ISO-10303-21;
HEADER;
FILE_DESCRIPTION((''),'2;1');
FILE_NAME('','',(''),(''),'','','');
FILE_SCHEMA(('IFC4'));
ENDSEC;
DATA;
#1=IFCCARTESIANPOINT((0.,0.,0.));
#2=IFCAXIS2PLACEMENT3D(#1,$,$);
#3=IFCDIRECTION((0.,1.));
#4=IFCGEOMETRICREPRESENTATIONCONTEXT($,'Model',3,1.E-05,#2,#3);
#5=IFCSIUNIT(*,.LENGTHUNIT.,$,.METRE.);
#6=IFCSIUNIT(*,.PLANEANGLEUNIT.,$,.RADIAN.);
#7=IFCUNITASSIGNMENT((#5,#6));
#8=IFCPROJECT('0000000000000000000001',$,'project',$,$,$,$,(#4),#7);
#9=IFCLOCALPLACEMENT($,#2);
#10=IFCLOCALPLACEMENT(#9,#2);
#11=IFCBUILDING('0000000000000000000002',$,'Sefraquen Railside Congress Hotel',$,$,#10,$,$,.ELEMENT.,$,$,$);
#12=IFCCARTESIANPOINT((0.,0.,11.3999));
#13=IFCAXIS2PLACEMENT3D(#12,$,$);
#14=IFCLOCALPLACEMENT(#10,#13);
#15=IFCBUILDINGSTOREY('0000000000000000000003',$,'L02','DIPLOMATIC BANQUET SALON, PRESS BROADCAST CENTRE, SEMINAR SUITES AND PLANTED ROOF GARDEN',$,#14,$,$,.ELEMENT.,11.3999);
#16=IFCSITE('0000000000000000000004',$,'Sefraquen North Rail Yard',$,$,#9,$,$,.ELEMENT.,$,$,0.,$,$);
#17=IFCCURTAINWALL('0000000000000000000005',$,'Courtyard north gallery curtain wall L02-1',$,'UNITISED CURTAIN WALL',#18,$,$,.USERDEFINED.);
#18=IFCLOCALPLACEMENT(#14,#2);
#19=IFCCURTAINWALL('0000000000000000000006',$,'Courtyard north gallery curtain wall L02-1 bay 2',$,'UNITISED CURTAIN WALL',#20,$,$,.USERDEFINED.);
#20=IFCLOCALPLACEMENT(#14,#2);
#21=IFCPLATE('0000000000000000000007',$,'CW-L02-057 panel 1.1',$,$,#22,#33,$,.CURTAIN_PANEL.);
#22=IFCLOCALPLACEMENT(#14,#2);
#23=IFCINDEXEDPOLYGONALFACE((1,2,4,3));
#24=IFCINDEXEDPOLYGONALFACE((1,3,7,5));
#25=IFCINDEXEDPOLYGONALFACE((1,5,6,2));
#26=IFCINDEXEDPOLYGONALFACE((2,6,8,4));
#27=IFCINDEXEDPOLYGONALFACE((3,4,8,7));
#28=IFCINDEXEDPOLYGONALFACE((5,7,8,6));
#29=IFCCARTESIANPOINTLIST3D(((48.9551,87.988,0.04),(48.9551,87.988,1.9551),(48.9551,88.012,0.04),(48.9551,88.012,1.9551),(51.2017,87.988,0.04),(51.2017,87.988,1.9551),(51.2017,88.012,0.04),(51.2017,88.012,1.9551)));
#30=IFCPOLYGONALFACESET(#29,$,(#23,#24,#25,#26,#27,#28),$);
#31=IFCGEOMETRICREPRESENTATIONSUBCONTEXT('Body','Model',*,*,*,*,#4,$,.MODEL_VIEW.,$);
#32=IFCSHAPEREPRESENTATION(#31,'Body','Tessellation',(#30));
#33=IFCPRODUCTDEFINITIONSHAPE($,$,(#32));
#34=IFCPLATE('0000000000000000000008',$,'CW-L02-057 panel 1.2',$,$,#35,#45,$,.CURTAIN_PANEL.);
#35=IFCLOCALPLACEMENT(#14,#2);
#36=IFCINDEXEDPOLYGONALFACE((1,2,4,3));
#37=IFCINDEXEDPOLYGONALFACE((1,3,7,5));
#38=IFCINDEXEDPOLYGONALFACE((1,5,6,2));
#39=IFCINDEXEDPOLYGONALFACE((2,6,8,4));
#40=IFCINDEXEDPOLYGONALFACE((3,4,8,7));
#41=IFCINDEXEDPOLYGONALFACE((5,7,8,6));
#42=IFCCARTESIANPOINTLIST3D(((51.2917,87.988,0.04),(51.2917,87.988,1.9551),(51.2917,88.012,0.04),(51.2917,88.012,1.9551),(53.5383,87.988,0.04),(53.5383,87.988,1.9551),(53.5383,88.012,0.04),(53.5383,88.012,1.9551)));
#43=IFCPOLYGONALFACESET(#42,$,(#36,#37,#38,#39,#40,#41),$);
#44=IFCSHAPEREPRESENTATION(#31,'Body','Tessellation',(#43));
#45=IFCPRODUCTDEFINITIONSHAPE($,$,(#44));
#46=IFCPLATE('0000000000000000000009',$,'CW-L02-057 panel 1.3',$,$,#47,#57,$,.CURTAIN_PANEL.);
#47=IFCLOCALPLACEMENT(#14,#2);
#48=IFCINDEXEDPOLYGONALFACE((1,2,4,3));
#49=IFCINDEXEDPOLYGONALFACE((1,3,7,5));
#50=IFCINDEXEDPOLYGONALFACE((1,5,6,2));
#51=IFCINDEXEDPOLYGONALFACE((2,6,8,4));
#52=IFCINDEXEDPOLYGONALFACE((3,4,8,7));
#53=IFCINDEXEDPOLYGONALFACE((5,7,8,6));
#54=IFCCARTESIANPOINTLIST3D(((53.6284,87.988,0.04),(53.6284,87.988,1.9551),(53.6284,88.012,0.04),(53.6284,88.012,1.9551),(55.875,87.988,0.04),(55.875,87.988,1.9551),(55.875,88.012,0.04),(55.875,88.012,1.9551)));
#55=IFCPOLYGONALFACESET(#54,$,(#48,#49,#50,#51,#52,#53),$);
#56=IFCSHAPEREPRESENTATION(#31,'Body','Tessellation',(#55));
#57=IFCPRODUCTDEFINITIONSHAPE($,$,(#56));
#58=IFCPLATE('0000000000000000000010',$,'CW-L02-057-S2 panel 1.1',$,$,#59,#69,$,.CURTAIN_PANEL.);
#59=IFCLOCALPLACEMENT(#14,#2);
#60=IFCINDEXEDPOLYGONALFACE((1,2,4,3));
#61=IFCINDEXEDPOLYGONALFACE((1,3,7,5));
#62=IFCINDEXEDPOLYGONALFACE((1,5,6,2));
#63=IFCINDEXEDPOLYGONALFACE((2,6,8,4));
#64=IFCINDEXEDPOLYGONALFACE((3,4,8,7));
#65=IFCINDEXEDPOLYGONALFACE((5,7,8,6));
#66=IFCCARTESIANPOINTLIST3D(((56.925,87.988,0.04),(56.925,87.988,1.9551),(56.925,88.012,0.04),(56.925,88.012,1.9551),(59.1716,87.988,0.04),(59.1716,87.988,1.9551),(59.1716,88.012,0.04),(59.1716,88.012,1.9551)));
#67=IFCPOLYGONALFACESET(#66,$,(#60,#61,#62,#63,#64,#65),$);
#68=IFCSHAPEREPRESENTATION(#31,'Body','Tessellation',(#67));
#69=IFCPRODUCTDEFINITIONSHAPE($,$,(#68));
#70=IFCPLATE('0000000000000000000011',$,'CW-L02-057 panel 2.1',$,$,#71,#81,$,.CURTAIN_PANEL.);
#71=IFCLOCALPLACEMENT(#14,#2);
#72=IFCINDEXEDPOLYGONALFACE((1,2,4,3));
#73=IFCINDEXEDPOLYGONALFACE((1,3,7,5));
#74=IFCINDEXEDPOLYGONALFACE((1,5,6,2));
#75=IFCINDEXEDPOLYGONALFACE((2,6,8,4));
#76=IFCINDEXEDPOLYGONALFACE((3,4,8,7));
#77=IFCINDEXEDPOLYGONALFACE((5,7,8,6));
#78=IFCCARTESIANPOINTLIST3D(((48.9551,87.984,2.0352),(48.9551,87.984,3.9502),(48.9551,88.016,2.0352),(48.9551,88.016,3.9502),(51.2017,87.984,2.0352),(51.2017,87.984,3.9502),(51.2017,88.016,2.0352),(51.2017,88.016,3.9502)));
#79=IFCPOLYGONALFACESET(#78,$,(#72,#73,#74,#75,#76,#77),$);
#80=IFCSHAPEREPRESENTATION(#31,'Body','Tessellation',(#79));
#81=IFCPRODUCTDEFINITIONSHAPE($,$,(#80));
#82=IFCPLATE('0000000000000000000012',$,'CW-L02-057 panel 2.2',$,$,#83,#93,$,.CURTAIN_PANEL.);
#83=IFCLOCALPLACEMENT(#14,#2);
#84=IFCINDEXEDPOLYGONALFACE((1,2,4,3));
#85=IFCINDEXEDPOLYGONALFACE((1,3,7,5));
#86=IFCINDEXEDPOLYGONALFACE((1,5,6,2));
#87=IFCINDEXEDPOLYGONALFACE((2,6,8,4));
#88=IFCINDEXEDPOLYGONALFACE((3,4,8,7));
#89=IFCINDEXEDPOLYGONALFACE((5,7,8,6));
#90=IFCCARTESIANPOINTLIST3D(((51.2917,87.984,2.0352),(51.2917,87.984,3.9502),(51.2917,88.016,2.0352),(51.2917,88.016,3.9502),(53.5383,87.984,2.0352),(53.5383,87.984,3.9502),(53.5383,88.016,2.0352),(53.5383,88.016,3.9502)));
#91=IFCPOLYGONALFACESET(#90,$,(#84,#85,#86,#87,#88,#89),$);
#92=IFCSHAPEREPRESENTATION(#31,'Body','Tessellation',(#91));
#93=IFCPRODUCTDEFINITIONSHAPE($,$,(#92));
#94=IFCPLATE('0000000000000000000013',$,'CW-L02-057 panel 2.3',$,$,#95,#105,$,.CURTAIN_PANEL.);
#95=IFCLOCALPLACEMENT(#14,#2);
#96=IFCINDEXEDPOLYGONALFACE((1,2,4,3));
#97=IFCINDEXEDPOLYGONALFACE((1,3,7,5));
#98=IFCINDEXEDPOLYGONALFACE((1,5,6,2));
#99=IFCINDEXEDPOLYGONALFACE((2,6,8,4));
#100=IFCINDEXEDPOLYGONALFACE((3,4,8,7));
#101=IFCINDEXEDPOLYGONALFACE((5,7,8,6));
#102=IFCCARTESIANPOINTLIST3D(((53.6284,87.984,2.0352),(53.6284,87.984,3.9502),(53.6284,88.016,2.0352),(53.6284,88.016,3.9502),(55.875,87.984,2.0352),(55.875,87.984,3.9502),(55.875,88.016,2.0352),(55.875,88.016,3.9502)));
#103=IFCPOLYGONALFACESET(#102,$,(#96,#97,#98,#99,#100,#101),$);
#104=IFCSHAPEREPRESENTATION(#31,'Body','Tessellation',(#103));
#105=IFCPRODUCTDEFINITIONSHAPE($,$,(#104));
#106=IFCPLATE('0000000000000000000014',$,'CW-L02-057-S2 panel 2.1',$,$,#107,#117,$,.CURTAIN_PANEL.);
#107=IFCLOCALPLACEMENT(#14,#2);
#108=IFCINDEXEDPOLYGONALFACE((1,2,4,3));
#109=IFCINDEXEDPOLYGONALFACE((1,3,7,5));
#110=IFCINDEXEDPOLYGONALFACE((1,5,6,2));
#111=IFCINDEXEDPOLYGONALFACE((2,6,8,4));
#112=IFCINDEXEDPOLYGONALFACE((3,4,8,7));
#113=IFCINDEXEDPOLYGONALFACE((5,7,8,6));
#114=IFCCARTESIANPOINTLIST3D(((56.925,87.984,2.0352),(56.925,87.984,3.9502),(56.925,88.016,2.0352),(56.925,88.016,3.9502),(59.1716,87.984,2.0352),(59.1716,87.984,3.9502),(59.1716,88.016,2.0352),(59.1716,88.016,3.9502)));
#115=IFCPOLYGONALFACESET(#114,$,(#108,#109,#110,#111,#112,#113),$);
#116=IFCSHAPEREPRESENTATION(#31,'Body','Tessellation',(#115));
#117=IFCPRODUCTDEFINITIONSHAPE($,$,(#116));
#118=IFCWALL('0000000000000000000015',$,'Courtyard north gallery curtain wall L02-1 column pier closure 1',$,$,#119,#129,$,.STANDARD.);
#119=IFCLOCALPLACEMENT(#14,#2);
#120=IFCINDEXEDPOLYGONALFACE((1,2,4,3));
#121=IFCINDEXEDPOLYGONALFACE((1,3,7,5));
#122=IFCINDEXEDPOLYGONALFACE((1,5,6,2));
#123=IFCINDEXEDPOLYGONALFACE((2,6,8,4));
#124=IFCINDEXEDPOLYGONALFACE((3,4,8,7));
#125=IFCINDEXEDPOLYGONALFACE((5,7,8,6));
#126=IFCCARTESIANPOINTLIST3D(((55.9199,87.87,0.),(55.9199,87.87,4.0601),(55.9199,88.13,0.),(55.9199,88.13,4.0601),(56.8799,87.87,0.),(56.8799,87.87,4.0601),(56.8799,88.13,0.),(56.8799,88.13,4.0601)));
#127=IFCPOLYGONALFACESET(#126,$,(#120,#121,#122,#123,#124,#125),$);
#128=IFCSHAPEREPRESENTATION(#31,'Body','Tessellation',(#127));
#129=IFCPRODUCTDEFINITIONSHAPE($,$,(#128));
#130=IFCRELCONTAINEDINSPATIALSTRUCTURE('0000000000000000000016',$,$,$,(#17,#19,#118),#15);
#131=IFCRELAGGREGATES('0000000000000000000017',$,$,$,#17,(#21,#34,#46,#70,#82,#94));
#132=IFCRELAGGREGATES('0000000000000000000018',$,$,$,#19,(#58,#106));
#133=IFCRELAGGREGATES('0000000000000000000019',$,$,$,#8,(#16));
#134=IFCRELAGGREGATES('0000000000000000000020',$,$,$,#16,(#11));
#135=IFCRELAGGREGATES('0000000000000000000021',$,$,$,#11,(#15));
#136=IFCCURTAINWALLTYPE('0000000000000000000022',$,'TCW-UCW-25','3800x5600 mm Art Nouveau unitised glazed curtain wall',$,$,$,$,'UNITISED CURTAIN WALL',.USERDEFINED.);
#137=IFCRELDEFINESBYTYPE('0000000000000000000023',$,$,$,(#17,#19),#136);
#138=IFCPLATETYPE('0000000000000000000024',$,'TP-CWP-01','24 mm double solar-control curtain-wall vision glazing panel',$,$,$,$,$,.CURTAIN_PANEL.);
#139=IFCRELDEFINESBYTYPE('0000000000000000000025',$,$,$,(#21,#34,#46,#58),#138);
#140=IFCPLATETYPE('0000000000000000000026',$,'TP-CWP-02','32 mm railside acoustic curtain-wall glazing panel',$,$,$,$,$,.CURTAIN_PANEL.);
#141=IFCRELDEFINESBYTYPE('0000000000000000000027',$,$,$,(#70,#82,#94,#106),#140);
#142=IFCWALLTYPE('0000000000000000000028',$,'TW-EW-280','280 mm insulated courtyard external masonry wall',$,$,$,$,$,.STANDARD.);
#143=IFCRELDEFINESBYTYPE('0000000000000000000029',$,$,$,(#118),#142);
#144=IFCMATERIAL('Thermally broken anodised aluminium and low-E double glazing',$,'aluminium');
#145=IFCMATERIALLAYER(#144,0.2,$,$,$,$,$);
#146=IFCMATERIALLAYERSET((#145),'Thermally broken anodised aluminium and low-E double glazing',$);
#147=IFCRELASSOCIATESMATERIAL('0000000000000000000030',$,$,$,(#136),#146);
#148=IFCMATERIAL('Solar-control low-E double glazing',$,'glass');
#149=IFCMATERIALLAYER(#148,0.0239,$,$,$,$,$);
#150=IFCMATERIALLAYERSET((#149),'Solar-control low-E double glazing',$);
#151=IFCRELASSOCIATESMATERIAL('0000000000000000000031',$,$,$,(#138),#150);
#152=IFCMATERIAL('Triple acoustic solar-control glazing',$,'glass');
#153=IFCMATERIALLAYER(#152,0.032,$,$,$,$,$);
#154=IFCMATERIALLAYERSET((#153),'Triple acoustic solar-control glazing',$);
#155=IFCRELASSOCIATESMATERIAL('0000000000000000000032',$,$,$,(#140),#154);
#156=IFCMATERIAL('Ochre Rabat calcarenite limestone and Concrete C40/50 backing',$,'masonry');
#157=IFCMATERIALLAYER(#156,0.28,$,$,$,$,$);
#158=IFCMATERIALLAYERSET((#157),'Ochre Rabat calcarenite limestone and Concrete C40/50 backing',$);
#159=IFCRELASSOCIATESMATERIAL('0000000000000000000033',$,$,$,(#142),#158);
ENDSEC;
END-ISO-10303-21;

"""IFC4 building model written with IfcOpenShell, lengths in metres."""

from ifc_helpers import new_model, si_unit, direction, frame, frame_2d, origin, origin_2d, place, context, subcontext, project, spatial, rectangle, extrude, material, layer, layer_set, type_object, element, aggregate, save


model = new_model("IFC4")

# Units and contexts
model_context = context("Model", 3, precision=1e-05, world=origin(), true_north=direction((0.0, 1.0)))
body_context = subcontext(model_context, "Body", "Model", "MODEL_VIEW")
ifc_project = project(units=[si_unit("LENGTHUNIT", "METRE"), si_unit("PLANEANGLEUNIT", "RADIAN")], contexts=[model_context])

# Site, building, storey
site_placement = place(None, origin())
site = spatial("IfcSite", under=ifc_project, at=site_placement, Name="Sefraquen North Rail Yard", CompositionType="ELEMENT", RefElevation=0.0)
building_placement = place(site_placement, origin())
building = spatial("IfcBuilding", under=site, at=building_placement, Name="Sefraquen Railside Congress Hotel", CompositionType="ELEMENT")
storey_placement = place(building_placement, frame((0.0, 0.0, 11.3999)))
storey = spatial("IfcBuildingStorey", under=building, at=storey_placement, Name="L02", Description="DIPLOMATIC BANQUET SALON, PRESS BROADCAST CENTRE, SEMINAR SUITES AND PLANTED ROOF GARDEN", CompositionType="ELEMENT", Elevation=11.3999)

# Curtain wall
ifc_material_1 = material(Name="Thermally broken anodised aluminium and low-E double glazing", Category="aluminium")
ifc_layer_1 = layer(ifc_material_1, 0.2)
ifc_layer_set_1 = layer_set([ifc_layer_1], Name="Thermally broken anodised aluminium and low-E double glazing")
curtain_wall_type = type_object("IfcCurtainWallType", Name="TCW-UCW-25", Description="3800x5600 mm Art Nouveau unitised glazed curtain wall", ElementType="UNITISED CURTAIN WALL", PredefinedType="USERDEFINED", material=ifc_layer_set_1)
curtain_wall_1_placement = place(storey_placement, origin())
curtain_wall_1 = element("IfcCurtainWall", 1, at=curtain_wall_1_placement, inside=storey, type_object=curtain_wall_type, Name="Courtyard north gallery curtain wall L02-1", ObjectType="UNITISED CURTAIN WALL", PredefinedType="USERDEFINED")

# Curtain wall
curtain_wall_2_placement = place(storey_placement, origin())
curtain_wall_2 = element("IfcCurtainWall", 2, at=curtain_wall_2_placement, inside=storey, type_object=curtain_wall_type, Name="Courtyard north gallery curtain wall L02-1 bay 2", ObjectType="UNITISED CURTAIN WALL", PredefinedType="USERDEFINED")

# Plates
ifc_material_2 = material(Name="Solar-control low-E double glazing", Category="glass")
ifc_layer_2 = layer(ifc_material_2, 0.0239)
ifc_layer_set_2 = layer_set([ifc_layer_2], Name="Solar-control low-E double glazing")
plate_type_1 = type_object("IfcPlateType", Name="TP-CWP-01", Description="24 mm double solar-control curtain-wall vision glazing panel", PredefinedType="CURTAIN_PANEL", material=ifc_layer_set_2)
plate_1_placement = place(storey_placement, frame((50.0784, 88.0, 0.04), z_axis=(0.0, 0.0, 1.0), x_axis=(1.0, 0.0, 0.0)))
plate_1 = element("IfcPlate", 3, at=plate_1_placement, type_object=plate_type_1, Name="CW-L02-057 panel 1.1", PredefinedType="CURTAIN_PANEL", context=body_context, shape_type="SweptSolid", body=[
    extrude(rectangle(XDim=2.2466, YDim=0.0239, at=origin_2d()), origin(), (0.0, 0.0, 1.0), 1.915),
])
plate_2_placement = place(storey_placement, frame((52.415, 88.0, 0.04), z_axis=(0.0, 0.0, 1.0), x_axis=(1.0, 0.0, 0.0)))
plate_2 = element("IfcPlate", 4, at=plate_2_placement, type_object=plate_type_1, Name="CW-L02-057 panel 1.2", PredefinedType="CURTAIN_PANEL", context=body_context, shape_type="SweptSolid", body=[
    extrude(rectangle(XDim=2.2466, YDim=0.0239, at=origin_2d()), origin(), (0.0, 0.0, 1.0), 1.915),
])
plate_3_placement = place(storey_placement, frame((54.7517, 88.0, 0.04), z_axis=(0.0, 0.0, 1.0), x_axis=(1.0, 0.0, 0.0)))
plate_3 = element("IfcPlate", 5, at=plate_3_placement, type_object=plate_type_1, Name="CW-L02-057 panel 1.3", PredefinedType="CURTAIN_PANEL", context=body_context, shape_type="SweptSolid", body=[
    extrude(rectangle(XDim=2.2466, YDim=0.0239, at=origin_2d()), origin(), (0.0, 0.0, 1.0), 1.915),
])
plate_4_placement = place(storey_placement, frame((58.0483, 88.0, 0.04), z_axis=(0.0, 0.0, 1.0), x_axis=(1.0, 0.0, 0.0)))
plate_4 = element("IfcPlate", 6, at=plate_4_placement, type_object=plate_type_1, Name="CW-L02-057-S2 panel 1.1", PredefinedType="CURTAIN_PANEL", context=body_context, shape_type="SweptSolid", body=[
    extrude(rectangle(XDim=2.2466, YDim=0.0239, at=origin_2d()), origin(), (0.0, 0.0, 1.0), 1.915),
])
ifc_material_3 = material(Name="Triple acoustic solar-control glazing", Category="glass")
ifc_layer_3 = layer(ifc_material_3, 0.032)
ifc_layer_set_3 = layer_set([ifc_layer_3], Name="Triple acoustic solar-control glazing")
plate_type_2 = type_object("IfcPlateType", Name="TP-CWP-02", Description="32 mm railside acoustic curtain-wall glazing panel", PredefinedType="CURTAIN_PANEL", material=ifc_layer_set_3)
plate_5_placement = place(storey_placement, frame((50.0784, 88.0, 2.0352), z_axis=(0.0, 0.0, 1.0), x_axis=(1.0, 0.0, 0.0)))
plate_5 = element("IfcPlate", 7, at=plate_5_placement, type_object=plate_type_2, Name="CW-L02-057 panel 2.1", PredefinedType="CURTAIN_PANEL", context=body_context, shape_type="SweptSolid", body=[
    extrude(rectangle(XDim=2.2466, YDim=0.032, at=origin_2d()), origin(), (0.0, 0.0, 1.0), 1.915),
])
plate_6_placement = place(storey_placement, frame((52.415, 88.0, 2.0352), z_axis=(0.0, 0.0, 1.0), x_axis=(1.0, 0.0, 0.0)))
plate_6 = element("IfcPlate", 8, at=plate_6_placement, type_object=plate_type_2, Name="CW-L02-057 panel 2.2", PredefinedType="CURTAIN_PANEL", context=body_context, shape_type="SweptSolid", body=[
    extrude(rectangle(XDim=2.2466, YDim=0.032, at=origin_2d()), origin(), (0.0, 0.0, 1.0), 1.915),
])
plate_7_placement = place(storey_placement, frame((54.7517, 88.0, 2.0352), z_axis=(0.0, 0.0, 1.0), x_axis=(1.0, 0.0, 0.0)))
plate_7 = element("IfcPlate", 9, at=plate_7_placement, type_object=plate_type_2, Name="CW-L02-057 panel 2.3", PredefinedType="CURTAIN_PANEL", context=body_context, shape_type="SweptSolid", body=[
    extrude(rectangle(XDim=2.2466, YDim=0.032, at=origin_2d()), origin(), (0.0, 0.0, 1.0), 1.915),
])
aggregate(curtain_wall_1, [plate_1, plate_2, plate_3, plate_5, plate_6, plate_7])
plate_8_placement = place(storey_placement, frame((58.0483, 88.0, 2.0352), z_axis=(0.0, 0.0, 1.0), x_axis=(1.0, 0.0, 0.0)))
plate_8 = element("IfcPlate", 10, at=plate_8_placement, type_object=plate_type_2, Name="CW-L02-057-S2 panel 2.1", PredefinedType="CURTAIN_PANEL", context=body_context, shape_type="SweptSolid", body=[
    extrude(rectangle(XDim=2.2466, YDim=0.032, at=origin_2d()), origin(), (0.0, 0.0, 1.0), 1.915),
])
aggregate(curtain_wall_2, [plate_4, plate_8])

# Wall
ifc_material_4 = material(Name="Ochre Rabat calcarenite limestone and Concrete C40/50 backing", Category="masonry")
ifc_layer_4 = layer(ifc_material_4, 0.28)
ifc_layer_set_4 = layer_set([ifc_layer_4], Name="Ochre Rabat calcarenite limestone and Concrete C40/50 backing")
wall_type = type_object("IfcWallType", Name="TW-EW-280", Description="280 mm insulated courtyard external masonry wall", PredefinedType="STANDARD", material=ifc_layer_set_4)
wall_placement = place(storey_placement, frame((55.9199, 88.0, 0.0), z_axis=(0.0, 0.0, 1.0), x_axis=(1.0, 0.0, 0.0)))
element("IfcWall", 11, at=wall_placement, inside=storey, type_object=wall_type, Name="Courtyard north gallery curtain wall L02-1 column pier closure 1", PredefinedType="STANDARD", context=body_context, shape_type="SweptSolid", body=[
    extrude(rectangle(XDim=0.96, YDim=0.26, at=frame_2d((0.48, 0.0))), origin(), (0.0, 0.0, 1.0), 4.0601),
])

save(model, "model.ifc")
